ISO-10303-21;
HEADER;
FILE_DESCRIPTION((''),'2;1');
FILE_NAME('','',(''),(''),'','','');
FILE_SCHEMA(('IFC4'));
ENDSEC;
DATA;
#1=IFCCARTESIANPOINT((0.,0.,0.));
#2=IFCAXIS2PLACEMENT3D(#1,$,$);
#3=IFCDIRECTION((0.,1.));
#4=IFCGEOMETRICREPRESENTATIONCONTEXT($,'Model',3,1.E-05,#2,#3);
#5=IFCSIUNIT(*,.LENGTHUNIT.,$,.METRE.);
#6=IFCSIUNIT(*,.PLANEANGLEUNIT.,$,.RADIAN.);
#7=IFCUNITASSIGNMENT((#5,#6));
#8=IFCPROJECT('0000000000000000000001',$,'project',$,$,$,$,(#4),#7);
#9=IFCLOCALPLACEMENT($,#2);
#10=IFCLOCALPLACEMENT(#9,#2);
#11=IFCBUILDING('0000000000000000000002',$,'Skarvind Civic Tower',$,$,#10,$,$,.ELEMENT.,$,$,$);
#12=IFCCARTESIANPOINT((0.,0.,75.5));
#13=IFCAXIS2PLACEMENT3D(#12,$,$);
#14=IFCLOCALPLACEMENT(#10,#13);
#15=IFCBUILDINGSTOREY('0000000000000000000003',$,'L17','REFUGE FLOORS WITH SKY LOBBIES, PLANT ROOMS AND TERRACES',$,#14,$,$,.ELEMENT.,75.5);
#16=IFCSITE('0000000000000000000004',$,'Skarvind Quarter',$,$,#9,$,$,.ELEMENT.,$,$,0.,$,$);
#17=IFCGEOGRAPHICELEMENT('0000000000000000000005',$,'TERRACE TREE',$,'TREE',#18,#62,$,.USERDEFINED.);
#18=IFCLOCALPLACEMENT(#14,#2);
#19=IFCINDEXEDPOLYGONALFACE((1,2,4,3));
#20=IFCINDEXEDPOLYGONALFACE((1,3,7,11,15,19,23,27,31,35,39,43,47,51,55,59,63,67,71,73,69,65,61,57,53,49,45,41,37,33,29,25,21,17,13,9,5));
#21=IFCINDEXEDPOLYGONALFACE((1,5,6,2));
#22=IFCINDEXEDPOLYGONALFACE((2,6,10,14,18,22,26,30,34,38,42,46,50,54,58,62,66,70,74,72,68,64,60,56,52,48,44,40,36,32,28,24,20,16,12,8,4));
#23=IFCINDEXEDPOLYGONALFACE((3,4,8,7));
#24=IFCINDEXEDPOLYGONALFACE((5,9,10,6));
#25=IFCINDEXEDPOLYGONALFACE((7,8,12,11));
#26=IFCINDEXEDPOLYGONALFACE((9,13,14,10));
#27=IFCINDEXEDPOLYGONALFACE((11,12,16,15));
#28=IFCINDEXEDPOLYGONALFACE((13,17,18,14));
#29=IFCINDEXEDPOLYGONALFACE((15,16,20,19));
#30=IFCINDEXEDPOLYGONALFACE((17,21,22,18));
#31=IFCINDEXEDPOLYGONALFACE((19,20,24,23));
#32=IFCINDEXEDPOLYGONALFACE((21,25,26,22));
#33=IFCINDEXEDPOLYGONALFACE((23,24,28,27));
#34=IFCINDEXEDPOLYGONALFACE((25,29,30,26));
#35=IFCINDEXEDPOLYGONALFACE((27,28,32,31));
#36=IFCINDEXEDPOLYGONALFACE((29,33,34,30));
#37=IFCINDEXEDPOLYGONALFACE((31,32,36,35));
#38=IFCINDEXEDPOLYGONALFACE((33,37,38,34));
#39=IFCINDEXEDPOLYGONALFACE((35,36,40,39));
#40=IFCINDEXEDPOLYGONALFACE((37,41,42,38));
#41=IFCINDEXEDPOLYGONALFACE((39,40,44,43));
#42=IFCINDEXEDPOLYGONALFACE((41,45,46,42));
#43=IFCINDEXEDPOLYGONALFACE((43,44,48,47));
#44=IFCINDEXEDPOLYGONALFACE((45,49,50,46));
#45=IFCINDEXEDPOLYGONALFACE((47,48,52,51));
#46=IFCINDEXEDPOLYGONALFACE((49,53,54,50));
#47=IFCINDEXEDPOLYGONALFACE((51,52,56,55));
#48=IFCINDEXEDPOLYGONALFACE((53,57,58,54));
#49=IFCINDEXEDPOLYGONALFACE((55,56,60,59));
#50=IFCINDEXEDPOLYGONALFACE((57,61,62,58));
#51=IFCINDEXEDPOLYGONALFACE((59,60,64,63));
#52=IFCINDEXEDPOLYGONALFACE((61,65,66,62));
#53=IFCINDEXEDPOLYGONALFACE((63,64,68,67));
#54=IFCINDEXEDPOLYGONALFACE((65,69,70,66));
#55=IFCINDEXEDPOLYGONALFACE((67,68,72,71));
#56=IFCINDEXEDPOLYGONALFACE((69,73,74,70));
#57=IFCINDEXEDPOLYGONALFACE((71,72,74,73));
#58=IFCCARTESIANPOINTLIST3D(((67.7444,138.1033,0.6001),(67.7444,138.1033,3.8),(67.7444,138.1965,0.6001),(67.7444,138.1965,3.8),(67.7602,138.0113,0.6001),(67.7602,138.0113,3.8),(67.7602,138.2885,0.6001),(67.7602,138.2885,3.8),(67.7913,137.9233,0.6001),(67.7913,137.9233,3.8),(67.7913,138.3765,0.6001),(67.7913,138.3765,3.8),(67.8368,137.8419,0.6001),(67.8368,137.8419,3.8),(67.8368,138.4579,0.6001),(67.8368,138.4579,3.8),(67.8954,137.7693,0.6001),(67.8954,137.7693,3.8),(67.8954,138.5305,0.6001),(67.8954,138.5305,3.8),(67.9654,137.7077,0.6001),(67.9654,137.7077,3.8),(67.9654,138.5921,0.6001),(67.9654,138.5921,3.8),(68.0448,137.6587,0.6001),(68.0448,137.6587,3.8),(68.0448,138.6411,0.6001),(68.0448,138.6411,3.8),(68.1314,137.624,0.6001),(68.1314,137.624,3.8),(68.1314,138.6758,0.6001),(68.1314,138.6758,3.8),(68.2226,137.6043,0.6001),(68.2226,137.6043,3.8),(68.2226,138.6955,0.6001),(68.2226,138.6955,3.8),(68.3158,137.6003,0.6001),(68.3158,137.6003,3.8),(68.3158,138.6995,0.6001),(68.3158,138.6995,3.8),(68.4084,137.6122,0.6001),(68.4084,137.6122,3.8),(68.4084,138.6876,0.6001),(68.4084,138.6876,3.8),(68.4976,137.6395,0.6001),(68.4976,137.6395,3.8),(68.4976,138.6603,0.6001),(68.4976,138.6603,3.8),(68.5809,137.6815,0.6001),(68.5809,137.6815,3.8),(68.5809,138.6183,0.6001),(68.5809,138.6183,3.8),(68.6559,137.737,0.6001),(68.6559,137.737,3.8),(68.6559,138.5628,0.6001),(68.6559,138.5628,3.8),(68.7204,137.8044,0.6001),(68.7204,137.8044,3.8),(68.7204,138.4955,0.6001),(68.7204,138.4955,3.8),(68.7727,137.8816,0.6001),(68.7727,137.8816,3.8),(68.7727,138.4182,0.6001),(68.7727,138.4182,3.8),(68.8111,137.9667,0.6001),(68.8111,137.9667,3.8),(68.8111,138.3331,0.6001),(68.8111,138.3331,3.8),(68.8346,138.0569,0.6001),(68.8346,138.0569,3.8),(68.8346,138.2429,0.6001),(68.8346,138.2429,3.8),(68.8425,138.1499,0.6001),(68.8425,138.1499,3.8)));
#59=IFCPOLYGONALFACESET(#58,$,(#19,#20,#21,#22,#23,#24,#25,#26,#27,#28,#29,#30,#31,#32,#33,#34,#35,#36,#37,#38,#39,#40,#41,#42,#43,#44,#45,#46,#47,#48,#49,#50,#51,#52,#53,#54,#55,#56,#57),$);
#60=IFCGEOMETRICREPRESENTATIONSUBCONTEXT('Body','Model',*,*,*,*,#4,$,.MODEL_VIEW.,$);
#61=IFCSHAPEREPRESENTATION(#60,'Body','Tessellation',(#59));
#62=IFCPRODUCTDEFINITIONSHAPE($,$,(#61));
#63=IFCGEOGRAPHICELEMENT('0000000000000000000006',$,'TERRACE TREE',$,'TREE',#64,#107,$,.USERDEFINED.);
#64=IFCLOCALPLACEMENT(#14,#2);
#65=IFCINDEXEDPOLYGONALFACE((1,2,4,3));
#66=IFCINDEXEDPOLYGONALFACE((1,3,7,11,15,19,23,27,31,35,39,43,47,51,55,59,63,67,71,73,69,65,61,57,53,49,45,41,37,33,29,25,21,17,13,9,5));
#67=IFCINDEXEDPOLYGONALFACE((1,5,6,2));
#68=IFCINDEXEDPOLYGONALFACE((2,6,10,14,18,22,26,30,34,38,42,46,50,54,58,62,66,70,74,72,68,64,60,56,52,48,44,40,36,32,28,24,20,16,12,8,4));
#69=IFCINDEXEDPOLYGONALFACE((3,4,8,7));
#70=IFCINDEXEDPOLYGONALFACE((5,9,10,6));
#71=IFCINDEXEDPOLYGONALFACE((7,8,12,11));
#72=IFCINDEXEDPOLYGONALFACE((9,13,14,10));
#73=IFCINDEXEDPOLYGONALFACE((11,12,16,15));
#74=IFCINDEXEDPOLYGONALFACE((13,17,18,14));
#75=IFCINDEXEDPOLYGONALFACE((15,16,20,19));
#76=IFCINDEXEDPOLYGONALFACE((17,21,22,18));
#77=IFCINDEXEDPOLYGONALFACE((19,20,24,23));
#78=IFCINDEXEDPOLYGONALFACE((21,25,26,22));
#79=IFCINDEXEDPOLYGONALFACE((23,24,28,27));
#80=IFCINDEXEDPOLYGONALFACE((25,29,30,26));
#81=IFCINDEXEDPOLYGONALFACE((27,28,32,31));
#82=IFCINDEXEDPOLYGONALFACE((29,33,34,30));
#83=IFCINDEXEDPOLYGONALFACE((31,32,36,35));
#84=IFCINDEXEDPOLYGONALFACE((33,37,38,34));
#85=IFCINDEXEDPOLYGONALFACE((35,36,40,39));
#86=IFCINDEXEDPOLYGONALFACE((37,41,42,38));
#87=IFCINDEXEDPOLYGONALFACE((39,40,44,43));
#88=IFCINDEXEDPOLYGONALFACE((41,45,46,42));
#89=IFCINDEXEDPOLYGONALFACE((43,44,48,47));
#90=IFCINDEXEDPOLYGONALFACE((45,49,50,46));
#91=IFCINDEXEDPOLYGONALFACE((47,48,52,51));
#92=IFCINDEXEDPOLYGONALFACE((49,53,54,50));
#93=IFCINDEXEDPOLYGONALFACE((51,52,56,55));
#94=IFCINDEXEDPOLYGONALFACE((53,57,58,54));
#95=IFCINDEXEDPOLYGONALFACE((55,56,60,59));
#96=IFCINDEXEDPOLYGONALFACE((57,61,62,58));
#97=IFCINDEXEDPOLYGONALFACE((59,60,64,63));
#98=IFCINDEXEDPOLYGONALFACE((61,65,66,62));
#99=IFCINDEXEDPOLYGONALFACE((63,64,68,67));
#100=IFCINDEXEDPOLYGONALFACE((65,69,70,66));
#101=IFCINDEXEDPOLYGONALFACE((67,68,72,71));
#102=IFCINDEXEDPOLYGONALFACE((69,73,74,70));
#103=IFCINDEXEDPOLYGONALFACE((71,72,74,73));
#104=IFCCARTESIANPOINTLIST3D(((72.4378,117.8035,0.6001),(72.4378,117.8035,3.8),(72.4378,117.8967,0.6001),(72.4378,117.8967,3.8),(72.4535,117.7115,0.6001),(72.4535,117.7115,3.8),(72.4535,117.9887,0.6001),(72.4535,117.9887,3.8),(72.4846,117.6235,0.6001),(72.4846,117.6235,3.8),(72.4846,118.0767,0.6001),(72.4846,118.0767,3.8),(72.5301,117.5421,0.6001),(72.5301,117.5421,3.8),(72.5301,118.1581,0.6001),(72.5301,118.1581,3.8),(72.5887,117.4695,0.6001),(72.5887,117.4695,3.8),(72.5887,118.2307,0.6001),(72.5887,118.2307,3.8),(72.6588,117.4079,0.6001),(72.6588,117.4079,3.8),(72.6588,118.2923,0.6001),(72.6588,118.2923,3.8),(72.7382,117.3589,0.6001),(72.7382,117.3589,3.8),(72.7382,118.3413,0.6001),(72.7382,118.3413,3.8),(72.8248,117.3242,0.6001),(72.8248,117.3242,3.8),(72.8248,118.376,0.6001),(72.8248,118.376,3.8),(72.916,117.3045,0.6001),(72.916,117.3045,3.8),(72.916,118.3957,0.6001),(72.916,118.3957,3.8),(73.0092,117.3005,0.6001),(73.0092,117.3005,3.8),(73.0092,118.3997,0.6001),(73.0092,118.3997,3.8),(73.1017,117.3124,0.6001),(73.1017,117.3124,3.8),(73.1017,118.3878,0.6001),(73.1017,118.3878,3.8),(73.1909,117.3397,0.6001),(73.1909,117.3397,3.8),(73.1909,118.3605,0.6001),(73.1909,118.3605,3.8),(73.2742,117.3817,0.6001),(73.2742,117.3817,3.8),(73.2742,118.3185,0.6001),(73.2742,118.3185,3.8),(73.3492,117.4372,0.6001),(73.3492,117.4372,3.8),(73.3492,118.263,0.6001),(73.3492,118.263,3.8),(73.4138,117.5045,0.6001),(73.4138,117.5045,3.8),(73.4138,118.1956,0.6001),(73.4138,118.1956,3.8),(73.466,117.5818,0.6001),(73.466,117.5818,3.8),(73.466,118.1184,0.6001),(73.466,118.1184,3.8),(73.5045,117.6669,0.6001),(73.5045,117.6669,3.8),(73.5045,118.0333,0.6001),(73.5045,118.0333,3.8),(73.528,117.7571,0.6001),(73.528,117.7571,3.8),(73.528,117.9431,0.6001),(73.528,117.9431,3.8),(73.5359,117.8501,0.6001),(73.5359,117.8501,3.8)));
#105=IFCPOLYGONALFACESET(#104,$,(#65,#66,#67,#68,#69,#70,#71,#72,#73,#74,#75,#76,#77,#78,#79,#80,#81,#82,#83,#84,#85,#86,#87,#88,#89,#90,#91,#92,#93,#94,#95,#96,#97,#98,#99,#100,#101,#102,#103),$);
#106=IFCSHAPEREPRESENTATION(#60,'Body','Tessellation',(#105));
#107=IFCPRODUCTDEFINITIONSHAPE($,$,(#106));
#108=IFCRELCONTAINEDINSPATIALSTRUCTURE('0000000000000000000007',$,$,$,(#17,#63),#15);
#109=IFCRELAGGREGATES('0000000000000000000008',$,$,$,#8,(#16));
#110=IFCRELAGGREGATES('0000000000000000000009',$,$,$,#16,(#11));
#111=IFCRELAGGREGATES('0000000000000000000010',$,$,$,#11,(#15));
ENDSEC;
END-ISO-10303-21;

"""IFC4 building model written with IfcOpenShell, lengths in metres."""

from ifc_helpers import new_model, si_unit, direction, frame, origin, origin_2d, place, context, subcontext, project, spatial, circle, extrude, element, save


model = new_model("IFC4")

# Units and contexts
model_context = context("Model", 3, precision=1e-05, world=origin(), true_north=direction((0.0, 1.0)))
body_context = subcontext(model_context, "Body", "Model", "MODEL_VIEW")
ifc_project = project(units=[si_unit("LENGTHUNIT", "METRE"), si_unit("PLANEANGLEUNIT", "RADIAN")], contexts=[model_context])

# Site, building, storey
site_placement = place(None, origin())
site = spatial("IfcSite", under=ifc_project, at=site_placement, Name="Skarvind Quarter", CompositionType="ELEMENT", RefElevation=0.0)
building_placement = place(site_placement, origin())
building = spatial("IfcBuilding", under=site, at=building_placement, Name="Skarvind Civic Tower", CompositionType="ELEMENT")
storey_placement = place(building_placement, frame((0.0, 0.0, 75.5)))
storey = spatial("IfcBuildingStorey", under=building, at=storey_placement, Name="L17", Description="REFUGE FLOORS WITH SKY LOBBIES, PLANT ROOMS AND TERRACES", CompositionType="ELEMENT", Elevation=75.5)

# Geographic elements
for number, where, z_axis, x_axis, name in (
    (1, (68.2925, 138.1499, 0.6001), (0.0, 0.0, 1.0), (1.0, 0.0, 0.0), "TERRACE TREE"),
    (2, (72.9858, 117.8501, 0.6001), (0.0, 0.0, 1.0), (1.0, 0.0, 0.0), "TERRACE TREE"),
):
    element("IfcGeographicElement", number, at=place(storey_placement, frame(where, z_axis=z_axis, x_axis=x_axis)), inside=storey, Name=name, ObjectType="TREE", PredefinedType="USERDEFINED", context=body_context, shape_type="SweptSolid", body=[
        extrude(circle(Radius=0.55, at=origin_2d()), origin(), (0.0, 0.0, 1.0), 3.2),
    ])

save(model, "model.ifc")
